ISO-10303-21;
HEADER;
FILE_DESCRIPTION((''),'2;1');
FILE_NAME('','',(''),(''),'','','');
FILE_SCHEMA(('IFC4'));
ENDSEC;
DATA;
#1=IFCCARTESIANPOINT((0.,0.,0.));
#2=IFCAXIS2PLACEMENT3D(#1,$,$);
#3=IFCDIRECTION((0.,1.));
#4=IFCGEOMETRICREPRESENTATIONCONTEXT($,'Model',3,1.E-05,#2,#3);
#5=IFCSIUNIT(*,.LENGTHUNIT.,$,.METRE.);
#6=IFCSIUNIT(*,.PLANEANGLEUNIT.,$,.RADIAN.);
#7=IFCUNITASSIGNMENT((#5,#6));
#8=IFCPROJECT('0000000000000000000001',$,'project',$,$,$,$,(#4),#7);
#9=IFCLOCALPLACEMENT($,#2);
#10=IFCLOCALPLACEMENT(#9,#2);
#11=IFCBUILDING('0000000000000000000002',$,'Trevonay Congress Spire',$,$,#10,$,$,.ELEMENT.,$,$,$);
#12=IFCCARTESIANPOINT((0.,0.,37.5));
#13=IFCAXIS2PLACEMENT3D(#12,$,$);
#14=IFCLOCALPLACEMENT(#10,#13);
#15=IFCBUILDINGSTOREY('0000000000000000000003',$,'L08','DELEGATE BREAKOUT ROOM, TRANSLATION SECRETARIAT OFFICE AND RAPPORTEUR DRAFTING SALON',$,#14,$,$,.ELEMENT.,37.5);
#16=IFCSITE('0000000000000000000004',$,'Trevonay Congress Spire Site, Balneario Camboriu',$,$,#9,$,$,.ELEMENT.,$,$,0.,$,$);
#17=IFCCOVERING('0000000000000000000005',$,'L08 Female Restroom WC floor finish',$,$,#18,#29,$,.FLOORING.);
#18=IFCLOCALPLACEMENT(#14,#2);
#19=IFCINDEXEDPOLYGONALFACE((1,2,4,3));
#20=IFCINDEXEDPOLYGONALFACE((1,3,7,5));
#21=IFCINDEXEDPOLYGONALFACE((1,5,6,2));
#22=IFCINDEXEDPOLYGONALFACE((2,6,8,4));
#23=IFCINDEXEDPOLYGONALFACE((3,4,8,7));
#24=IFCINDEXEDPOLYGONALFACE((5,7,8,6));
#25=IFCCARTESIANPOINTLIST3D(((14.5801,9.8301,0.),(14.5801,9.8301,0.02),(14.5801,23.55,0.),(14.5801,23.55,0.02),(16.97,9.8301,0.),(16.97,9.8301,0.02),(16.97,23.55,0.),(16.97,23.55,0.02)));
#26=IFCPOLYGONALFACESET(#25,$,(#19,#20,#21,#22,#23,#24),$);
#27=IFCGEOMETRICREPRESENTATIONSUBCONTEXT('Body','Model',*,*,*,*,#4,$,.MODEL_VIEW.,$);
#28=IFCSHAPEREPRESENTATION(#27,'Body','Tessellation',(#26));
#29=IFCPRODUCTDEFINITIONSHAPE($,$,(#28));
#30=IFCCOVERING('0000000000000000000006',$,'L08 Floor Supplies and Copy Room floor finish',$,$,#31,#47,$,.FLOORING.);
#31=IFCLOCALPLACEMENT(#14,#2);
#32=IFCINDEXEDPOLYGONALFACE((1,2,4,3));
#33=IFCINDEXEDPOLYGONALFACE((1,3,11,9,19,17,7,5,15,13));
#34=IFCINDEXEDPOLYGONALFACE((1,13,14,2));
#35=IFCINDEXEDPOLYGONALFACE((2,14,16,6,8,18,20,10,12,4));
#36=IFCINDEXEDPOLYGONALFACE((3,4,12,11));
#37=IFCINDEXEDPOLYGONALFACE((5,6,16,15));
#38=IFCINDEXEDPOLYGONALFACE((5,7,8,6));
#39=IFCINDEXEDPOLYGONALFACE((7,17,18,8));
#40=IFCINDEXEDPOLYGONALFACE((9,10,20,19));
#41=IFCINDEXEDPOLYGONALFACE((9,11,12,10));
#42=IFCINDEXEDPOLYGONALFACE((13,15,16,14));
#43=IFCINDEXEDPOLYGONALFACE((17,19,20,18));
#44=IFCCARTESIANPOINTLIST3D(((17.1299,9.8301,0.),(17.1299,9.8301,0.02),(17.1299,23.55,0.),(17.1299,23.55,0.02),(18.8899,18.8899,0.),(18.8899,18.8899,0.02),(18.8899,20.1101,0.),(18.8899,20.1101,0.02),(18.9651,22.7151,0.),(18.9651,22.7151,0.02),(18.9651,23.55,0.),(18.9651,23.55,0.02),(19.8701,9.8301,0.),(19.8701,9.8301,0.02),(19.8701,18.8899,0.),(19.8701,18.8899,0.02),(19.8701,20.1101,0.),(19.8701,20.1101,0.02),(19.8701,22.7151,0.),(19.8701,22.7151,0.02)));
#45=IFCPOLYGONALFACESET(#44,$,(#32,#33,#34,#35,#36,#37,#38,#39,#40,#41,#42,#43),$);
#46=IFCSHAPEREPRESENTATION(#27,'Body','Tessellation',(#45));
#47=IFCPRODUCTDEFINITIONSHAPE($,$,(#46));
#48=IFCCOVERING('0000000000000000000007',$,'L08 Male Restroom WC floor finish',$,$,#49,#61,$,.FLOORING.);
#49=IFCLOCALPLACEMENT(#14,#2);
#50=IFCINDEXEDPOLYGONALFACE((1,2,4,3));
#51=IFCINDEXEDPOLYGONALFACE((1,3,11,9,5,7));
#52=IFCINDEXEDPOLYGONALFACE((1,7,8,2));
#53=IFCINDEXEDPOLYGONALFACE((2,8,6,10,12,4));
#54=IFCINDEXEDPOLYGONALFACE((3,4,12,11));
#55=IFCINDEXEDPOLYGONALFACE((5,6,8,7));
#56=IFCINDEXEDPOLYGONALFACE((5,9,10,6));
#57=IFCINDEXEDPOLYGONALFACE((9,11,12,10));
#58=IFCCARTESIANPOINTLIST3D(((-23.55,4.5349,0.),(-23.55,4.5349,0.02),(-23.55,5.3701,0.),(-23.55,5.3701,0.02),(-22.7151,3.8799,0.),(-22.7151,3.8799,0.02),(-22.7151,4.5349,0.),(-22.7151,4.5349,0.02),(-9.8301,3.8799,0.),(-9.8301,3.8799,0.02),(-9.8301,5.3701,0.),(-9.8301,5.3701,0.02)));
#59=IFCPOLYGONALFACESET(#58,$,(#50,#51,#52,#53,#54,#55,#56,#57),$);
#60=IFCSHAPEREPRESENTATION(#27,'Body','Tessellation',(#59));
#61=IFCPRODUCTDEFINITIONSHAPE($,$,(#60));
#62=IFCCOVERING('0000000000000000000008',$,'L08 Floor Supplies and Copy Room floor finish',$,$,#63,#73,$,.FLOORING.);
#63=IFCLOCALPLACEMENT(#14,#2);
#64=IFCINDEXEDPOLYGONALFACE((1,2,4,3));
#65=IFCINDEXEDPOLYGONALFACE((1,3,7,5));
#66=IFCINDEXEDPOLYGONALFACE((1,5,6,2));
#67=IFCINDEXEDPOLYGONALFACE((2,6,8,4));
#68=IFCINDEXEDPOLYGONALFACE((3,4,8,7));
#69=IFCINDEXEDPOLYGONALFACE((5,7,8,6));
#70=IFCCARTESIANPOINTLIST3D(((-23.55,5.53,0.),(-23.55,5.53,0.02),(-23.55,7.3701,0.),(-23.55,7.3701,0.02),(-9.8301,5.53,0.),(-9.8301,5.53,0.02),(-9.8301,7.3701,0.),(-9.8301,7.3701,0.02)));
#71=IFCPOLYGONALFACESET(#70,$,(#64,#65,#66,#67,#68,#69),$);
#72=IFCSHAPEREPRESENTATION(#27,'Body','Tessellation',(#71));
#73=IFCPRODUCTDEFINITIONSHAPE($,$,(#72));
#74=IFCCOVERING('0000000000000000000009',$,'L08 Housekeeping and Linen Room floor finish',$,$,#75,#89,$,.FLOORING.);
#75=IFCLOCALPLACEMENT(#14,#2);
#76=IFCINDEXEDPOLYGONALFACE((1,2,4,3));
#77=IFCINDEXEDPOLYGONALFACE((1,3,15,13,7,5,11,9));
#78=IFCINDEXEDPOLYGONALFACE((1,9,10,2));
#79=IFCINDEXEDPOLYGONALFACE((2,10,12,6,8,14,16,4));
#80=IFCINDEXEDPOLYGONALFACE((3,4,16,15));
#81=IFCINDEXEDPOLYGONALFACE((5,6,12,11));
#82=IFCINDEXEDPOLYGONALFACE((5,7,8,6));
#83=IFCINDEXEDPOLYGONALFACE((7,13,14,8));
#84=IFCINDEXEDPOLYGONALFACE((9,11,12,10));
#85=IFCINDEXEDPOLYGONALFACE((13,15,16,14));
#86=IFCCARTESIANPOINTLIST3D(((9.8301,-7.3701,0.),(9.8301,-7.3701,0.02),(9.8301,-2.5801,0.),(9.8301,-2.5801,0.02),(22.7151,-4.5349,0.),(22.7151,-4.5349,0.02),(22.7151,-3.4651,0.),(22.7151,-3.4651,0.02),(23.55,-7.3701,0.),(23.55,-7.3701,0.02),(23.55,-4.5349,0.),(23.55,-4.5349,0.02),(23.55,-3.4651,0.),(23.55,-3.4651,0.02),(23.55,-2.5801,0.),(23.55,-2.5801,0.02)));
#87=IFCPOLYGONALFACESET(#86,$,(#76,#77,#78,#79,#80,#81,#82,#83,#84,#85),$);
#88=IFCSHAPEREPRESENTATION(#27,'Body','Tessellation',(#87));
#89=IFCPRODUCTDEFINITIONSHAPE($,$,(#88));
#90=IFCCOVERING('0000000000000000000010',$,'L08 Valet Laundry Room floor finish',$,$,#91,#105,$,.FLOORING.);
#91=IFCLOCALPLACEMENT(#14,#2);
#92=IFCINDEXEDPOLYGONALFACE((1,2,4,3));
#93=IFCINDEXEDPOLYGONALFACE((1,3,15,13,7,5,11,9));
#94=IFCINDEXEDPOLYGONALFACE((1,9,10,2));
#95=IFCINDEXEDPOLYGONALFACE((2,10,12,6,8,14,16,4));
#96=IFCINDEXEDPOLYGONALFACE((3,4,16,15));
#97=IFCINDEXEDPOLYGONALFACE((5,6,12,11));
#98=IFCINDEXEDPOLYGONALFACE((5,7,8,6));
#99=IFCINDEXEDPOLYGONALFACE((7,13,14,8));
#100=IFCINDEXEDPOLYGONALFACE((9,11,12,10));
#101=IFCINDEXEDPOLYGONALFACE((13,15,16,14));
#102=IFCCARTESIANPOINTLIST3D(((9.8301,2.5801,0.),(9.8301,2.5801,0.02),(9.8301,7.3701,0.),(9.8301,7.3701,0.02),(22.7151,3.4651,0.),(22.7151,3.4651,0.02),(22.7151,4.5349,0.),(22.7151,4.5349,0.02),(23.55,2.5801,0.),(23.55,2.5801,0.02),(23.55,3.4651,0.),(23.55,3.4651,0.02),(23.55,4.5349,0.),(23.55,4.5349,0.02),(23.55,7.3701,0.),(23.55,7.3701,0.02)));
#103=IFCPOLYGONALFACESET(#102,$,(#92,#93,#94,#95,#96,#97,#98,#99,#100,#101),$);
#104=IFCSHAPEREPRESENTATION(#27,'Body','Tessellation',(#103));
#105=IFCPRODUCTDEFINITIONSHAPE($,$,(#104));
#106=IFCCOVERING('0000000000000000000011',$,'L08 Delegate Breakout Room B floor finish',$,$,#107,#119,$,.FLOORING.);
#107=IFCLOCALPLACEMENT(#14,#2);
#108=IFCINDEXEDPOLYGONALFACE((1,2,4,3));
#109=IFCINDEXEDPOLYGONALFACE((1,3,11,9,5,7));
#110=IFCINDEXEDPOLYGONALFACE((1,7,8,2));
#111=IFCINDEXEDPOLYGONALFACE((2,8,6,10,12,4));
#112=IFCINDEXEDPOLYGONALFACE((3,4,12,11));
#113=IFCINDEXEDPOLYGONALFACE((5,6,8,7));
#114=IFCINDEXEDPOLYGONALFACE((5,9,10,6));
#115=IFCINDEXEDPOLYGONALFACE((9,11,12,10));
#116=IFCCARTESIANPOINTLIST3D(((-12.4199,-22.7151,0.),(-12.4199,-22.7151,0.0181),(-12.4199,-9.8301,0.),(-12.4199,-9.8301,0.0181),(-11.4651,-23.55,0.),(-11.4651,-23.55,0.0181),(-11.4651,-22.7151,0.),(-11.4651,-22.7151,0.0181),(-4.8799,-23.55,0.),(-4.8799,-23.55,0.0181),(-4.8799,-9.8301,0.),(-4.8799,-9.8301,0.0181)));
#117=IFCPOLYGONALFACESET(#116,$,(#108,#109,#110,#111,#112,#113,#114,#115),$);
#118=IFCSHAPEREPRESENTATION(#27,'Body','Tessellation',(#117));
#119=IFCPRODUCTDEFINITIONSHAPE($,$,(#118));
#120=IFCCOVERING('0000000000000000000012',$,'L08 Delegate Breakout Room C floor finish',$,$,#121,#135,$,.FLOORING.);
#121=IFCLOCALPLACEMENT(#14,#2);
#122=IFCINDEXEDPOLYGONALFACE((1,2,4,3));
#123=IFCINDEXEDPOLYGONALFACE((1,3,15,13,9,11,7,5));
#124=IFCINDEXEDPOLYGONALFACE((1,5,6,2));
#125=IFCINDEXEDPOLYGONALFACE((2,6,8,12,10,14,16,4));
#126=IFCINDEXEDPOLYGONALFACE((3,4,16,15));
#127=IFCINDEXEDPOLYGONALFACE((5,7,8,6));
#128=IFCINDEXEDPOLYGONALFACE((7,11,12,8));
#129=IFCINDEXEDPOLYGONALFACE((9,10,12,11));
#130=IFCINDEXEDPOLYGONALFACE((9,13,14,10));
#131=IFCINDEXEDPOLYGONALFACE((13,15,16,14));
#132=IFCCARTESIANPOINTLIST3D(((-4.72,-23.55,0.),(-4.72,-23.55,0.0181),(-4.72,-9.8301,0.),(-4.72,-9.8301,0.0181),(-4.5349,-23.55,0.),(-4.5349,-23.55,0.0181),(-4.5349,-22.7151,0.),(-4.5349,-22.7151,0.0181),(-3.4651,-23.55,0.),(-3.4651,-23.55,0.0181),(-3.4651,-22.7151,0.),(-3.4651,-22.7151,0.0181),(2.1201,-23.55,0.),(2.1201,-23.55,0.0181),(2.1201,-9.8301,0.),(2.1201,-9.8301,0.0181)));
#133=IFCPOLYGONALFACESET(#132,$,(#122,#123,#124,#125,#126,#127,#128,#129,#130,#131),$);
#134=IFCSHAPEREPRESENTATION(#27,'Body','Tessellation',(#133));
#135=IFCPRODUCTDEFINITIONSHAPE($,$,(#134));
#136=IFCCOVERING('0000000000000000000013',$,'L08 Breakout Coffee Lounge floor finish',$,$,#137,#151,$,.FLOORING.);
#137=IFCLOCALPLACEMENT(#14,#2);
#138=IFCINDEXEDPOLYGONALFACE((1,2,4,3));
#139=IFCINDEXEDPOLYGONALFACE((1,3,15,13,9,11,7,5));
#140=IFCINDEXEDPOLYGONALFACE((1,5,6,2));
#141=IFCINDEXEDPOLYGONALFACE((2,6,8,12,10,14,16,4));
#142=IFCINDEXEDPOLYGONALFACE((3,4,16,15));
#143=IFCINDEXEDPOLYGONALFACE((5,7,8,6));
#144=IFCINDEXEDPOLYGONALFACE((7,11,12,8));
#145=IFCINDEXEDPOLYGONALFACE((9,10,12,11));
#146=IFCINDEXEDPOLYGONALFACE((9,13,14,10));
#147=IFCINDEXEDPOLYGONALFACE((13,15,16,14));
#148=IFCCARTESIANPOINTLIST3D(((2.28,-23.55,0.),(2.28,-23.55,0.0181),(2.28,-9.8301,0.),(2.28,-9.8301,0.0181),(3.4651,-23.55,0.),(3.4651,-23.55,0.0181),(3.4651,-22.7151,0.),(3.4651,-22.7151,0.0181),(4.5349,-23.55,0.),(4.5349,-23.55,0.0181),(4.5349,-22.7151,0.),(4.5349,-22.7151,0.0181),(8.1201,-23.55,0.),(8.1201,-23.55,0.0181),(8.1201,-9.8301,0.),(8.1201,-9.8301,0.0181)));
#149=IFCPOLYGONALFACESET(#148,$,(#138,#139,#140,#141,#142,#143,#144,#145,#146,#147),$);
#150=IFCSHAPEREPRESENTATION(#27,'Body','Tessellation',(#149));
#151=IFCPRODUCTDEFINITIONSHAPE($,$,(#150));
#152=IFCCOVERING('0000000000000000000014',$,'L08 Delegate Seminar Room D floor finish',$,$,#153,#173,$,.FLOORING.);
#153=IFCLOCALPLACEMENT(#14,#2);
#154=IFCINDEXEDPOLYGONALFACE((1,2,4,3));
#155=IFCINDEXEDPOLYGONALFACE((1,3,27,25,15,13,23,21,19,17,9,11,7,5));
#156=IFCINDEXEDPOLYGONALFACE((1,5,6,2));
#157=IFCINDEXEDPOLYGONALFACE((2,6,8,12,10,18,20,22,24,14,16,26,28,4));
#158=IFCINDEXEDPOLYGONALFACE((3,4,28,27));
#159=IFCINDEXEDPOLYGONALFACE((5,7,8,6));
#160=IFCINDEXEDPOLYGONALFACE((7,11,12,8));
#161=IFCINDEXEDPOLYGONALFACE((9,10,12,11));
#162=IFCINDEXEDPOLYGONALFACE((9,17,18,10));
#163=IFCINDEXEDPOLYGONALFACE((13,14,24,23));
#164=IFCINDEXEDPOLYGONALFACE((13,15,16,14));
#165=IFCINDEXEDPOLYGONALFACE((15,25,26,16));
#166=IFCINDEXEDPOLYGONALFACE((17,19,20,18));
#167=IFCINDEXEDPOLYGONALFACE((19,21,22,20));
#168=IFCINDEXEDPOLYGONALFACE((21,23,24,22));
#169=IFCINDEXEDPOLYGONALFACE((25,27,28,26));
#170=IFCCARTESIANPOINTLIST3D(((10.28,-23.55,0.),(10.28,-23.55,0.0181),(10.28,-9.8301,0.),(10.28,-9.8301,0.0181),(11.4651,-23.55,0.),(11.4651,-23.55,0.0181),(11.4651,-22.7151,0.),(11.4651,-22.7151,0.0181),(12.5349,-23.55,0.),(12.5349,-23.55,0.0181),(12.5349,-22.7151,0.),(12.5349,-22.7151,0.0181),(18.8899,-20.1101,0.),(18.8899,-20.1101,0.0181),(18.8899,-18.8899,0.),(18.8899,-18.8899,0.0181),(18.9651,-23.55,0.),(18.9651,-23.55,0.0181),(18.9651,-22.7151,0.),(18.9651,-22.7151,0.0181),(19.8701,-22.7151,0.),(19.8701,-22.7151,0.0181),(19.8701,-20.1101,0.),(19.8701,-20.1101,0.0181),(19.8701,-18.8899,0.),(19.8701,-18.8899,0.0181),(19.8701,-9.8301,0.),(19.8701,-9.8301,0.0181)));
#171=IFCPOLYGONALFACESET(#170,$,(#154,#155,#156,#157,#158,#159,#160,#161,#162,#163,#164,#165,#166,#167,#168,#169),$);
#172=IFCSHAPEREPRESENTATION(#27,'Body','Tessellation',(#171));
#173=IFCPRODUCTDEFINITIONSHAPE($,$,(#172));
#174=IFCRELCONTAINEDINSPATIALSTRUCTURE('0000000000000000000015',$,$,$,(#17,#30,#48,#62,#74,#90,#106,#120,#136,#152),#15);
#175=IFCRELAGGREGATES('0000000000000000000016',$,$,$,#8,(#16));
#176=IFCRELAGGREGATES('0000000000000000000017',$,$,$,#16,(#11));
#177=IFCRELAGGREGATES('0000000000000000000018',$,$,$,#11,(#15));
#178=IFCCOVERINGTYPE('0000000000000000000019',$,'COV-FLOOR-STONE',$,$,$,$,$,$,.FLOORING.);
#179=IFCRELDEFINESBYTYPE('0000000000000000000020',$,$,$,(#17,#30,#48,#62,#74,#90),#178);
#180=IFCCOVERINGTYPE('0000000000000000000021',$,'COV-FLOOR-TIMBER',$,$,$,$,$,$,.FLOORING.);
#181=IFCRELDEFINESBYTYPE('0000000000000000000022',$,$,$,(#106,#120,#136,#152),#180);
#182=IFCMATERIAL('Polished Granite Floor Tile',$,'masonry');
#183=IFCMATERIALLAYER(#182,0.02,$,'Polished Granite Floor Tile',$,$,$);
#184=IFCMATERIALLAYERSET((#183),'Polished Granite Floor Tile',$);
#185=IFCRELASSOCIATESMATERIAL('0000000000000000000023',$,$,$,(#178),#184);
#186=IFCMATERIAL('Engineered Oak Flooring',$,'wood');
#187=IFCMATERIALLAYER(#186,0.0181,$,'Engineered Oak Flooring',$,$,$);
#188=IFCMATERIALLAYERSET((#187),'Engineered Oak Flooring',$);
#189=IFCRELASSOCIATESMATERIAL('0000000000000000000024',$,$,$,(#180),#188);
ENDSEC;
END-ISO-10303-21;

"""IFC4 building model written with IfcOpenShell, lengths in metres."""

from ifc_helpers import new_model, si_unit, direction, frame, origin, place, context, subcontext, project, spatial, polyline, outline, extrude, material, layer, layer_set, type_object, element, save


model = new_model("IFC4")

# Units and contexts
model_context = context("Model", 3, precision=1e-05, world=origin(), true_north=direction((0.0, 1.0)))
body_context = subcontext(model_context, "Body", "Model", "MODEL_VIEW")
ifc_project = project(units=[si_unit("LENGTHUNIT", "METRE"), si_unit("PLANEANGLEUNIT", "RADIAN")], contexts=[model_context])

# Site, building, storey
site_placement = place(None, origin())
site = spatial("IfcSite", under=ifc_project, at=site_placement, Name="Trevonay Congress Spire Site, Balneario Camboriu", CompositionType="ELEMENT", RefElevation=0.0)
building_placement = place(site_placement, origin())
building = spatial("IfcBuilding", under=site, at=building_placement, Name="Trevonay Congress Spire", CompositionType="ELEMENT")
storey_placement = place(building_placement, frame((0.0, 0.0, 37.5)))
storey = spatial("IfcBuildingStorey", under=building, at=storey_placement, Name="L08", Description="DELEGATE BREAKOUT ROOM, TRANSLATION SECRETARIAT OFFICE AND RAPPORTEUR DRAFTING SALON", CompositionType="ELEMENT", Elevation=37.5)

# Coverings
ifc_material_1 = material(Name="Polished Granite Floor Tile", Category="masonry")
ifc_layer_1 = layer(ifc_material_1, 0.02, Name="Polished Granite Floor Tile")
ifc_layer_set_1 = layer_set([ifc_layer_1], Name="Polished Granite Floor Tile")
covering_type_1 = type_object("IfcCoveringType", Name="COV-FLOOR-STONE", PredefinedType="FLOORING", material=ifc_layer_set_1)
covering_1_placement = place(storey_placement, origin())
element("IfcCovering", 1, at=covering_1_placement, inside=storey, type_object=covering_type_1, Name="L08 Female Restroom WC floor finish", PredefinedType="FLOORING", context=body_context, shape_type="SweptSolid", body=[
    extrude(outline(polyline([(14.5801, 9.8301), (16.97, 9.8301), (16.97, 23.55), (14.5801, 23.55), (14.5801, 9.8301)])), origin(), (0.0, 0.0, 1.0), 0.02),
])
covering_2_placement = place(storey_placement, origin())
element("IfcCovering", 2, at=covering_2_placement, inside=storey, type_object=covering_type_1, Name="L08 Floor Supplies and Copy Room floor finish", PredefinedType="FLOORING", context=body_context, shape_type="SweptSolid", body=[
    extrude(outline(polyline([(19.8701, 9.8301), (17.1299, 9.8301), (17.1299, 23.55), (18.9651, 23.55), (18.9651, 22.7151), (19.8701, 22.7151), (19.8701, 20.1101), (18.8899, 20.1101), (18.8899, 18.8899), (19.8701, 18.8899), (19.8701, 9.8301)])), origin(), (0.0, 0.0, 1.0), 0.02),
])
covering_3_placement = place(storey_placement, origin())
element("IfcCovering", 3, at=covering_3_placement, inside=storey, type_object=covering_type_1, Name="L08 Male Restroom WC floor finish", PredefinedType="FLOORING", context=body_context, shape_type="SweptSolid", body=[
    extrude(outline(polyline([(-23.55, 5.3701), (-9.8301, 5.3701), (-9.8301, 3.8799), (-22.7151, 3.8799), (-22.7151, 4.5349), (-23.55, 4.5349), (-23.55, 5.3701)])), origin(), (0.0, 0.0, 1.0), 0.02),
])
covering_4_placement = place(storey_placement, origin())
element("IfcCovering", 4, at=covering_4_placement, inside=storey, type_object=covering_type_1, Name="L08 Floor Supplies and Copy Room floor finish", PredefinedType="FLOORING", context=body_context, shape_type="SweptSolid", body=[
    extrude(outline(polyline([(-23.55, 5.53), (-9.8301, 5.53), (-9.8301, 7.3701), (-23.55, 7.3701), (-23.55, 5.53)])), origin(), (0.0, 0.0, 1.0), 0.02),
])
covering_5_placement = place(storey_placement, origin())
element("IfcCovering", 5, at=covering_5_placement, inside=storey, type_object=covering_type_1, Name="L08 Housekeeping and Linen Room floor finish", PredefinedType="FLOORING", context=body_context, shape_type="SweptSolid", body=[
    extrude(outline(polyline([(23.55, -7.3701), (9.8301, -7.3701), (9.8301, -2.5801), (23.55, -2.5801), (23.55, -3.4651), (22.7151, -3.4651), (22.7151, -4.5349), (23.55, -4.5349), (23.55, -7.3701)])), origin(), (0.0, 0.0, 1.0), 0.02),
])
covering_6_placement = place(storey_placement, origin())
element("IfcCovering", 6, at=covering_6_placement, inside=storey, type_object=covering_type_1, Name="L08 Valet Laundry Room floor finish", PredefinedType="FLOORING", context=body_context, shape_type="SweptSolid", body=[
    extrude(outline(polyline([(23.55, 2.5801), (9.8301, 2.5801), (9.8301, 7.3701), (23.55, 7.3701), (23.55, 4.5349), (22.7151, 4.5349), (22.7151, 3.4651), (23.55, 3.4651), (23.55, 2.5801)])), origin(), (0.0, 0.0, 1.0), 0.02),
])
ifc_material_2 = material(Name="Engineered Oak Flooring", Category="wood")
ifc_layer_2 = layer(ifc_material_2, 0.0181, Name="Engineered Oak Flooring")
ifc_layer_set_2 = layer_set([ifc_layer_2], Name="Engineered Oak Flooring")
covering_type_2 = type_object("IfcCoveringType", Name="COV-FLOOR-TIMBER", PredefinedType="FLOORING", material=ifc_layer_set_2)
covering_7_placement = place(storey_placement, origin())
element("IfcCovering", 7, at=covering_7_placement, inside=storey, type_object=covering_type_2, Name="L08 Delegate Breakout Room B floor finish", PredefinedType="FLOORING", context=body_context, shape_type="SweptSolid", body=[
    extrude(outline(polyline([(-12.4199, -9.8301), (-4.8799, -9.8301), (-4.8799, -23.55), (-11.4651, -23.55), (-11.4651, -22.7151), (-12.4199, -22.7151), (-12.4199, -9.8301)])), origin(), (0.0, 0.0, 1.0), 0.0181),
])
covering_8_placement = place(storey_placement, origin())
element("IfcCovering", 8, at=covering_8_placement, inside=storey, type_object=covering_type_2, Name="L08 Delegate Breakout Room C floor finish", PredefinedType="FLOORING", context=body_context, shape_type="SweptSolid", body=[
    extrude(outline(polyline([(-4.72, -23.55), (-4.72, -9.8301), (2.1201, -9.8301), (2.1201, -23.55), (-3.4651, -23.55), (-3.4651, -22.7151), (-4.5349, -22.7151), (-4.5349, -23.55), (-4.72, -23.55)])), origin(), (0.0, 0.0, 1.0), 0.0181),
])
covering_9_placement = place(storey_placement, origin())
element("IfcCovering", 9, at=covering_9_placement, inside=storey, type_object=covering_type_2, Name="L08 Breakout Coffee Lounge floor finish", PredefinedType="FLOORING", context=body_context, shape_type="SweptSolid", body=[
    extrude(outline(polyline([(2.28, -23.55), (2.28, -9.8301), (8.1201, -9.8301), (8.1201, -23.55), (4.5349, -23.55), (4.5349, -22.7151), (3.4651, -22.7151), (3.4651, -23.55), (2.28, -23.55)])), origin(), (0.0, 0.0, 1.0), 0.0181),
])
covering_10_placement = place(storey_placement, origin())
element("IfcCovering", 10, at=covering_10_placement, inside=storey, type_object=covering_type_2, Name="L08 Delegate Seminar Room D floor finish", PredefinedType="FLOORING", context=body_context, shape_type="SweptSolid", body=[
    extrude(outline(polyline([(10.28, -23.55), (10.28, -9.8301), (19.8701, -9.8301), (19.8701, -18.8899), (18.8899, -18.8899), (18.8899, -20.1101), (19.8701, -20.1101), (19.8701, -22.7151), (18.9651, -22.7151), (18.9651, -23.55), (12.5349, -23.55), (12.5349, -22.7151), (11.4651, -22.7151), (11.4651, -23.55), (10.28, -23.55)])), origin(), (0.0, 0.0, 1.0), 0.0181),
])

save(model, "model.ifc")
